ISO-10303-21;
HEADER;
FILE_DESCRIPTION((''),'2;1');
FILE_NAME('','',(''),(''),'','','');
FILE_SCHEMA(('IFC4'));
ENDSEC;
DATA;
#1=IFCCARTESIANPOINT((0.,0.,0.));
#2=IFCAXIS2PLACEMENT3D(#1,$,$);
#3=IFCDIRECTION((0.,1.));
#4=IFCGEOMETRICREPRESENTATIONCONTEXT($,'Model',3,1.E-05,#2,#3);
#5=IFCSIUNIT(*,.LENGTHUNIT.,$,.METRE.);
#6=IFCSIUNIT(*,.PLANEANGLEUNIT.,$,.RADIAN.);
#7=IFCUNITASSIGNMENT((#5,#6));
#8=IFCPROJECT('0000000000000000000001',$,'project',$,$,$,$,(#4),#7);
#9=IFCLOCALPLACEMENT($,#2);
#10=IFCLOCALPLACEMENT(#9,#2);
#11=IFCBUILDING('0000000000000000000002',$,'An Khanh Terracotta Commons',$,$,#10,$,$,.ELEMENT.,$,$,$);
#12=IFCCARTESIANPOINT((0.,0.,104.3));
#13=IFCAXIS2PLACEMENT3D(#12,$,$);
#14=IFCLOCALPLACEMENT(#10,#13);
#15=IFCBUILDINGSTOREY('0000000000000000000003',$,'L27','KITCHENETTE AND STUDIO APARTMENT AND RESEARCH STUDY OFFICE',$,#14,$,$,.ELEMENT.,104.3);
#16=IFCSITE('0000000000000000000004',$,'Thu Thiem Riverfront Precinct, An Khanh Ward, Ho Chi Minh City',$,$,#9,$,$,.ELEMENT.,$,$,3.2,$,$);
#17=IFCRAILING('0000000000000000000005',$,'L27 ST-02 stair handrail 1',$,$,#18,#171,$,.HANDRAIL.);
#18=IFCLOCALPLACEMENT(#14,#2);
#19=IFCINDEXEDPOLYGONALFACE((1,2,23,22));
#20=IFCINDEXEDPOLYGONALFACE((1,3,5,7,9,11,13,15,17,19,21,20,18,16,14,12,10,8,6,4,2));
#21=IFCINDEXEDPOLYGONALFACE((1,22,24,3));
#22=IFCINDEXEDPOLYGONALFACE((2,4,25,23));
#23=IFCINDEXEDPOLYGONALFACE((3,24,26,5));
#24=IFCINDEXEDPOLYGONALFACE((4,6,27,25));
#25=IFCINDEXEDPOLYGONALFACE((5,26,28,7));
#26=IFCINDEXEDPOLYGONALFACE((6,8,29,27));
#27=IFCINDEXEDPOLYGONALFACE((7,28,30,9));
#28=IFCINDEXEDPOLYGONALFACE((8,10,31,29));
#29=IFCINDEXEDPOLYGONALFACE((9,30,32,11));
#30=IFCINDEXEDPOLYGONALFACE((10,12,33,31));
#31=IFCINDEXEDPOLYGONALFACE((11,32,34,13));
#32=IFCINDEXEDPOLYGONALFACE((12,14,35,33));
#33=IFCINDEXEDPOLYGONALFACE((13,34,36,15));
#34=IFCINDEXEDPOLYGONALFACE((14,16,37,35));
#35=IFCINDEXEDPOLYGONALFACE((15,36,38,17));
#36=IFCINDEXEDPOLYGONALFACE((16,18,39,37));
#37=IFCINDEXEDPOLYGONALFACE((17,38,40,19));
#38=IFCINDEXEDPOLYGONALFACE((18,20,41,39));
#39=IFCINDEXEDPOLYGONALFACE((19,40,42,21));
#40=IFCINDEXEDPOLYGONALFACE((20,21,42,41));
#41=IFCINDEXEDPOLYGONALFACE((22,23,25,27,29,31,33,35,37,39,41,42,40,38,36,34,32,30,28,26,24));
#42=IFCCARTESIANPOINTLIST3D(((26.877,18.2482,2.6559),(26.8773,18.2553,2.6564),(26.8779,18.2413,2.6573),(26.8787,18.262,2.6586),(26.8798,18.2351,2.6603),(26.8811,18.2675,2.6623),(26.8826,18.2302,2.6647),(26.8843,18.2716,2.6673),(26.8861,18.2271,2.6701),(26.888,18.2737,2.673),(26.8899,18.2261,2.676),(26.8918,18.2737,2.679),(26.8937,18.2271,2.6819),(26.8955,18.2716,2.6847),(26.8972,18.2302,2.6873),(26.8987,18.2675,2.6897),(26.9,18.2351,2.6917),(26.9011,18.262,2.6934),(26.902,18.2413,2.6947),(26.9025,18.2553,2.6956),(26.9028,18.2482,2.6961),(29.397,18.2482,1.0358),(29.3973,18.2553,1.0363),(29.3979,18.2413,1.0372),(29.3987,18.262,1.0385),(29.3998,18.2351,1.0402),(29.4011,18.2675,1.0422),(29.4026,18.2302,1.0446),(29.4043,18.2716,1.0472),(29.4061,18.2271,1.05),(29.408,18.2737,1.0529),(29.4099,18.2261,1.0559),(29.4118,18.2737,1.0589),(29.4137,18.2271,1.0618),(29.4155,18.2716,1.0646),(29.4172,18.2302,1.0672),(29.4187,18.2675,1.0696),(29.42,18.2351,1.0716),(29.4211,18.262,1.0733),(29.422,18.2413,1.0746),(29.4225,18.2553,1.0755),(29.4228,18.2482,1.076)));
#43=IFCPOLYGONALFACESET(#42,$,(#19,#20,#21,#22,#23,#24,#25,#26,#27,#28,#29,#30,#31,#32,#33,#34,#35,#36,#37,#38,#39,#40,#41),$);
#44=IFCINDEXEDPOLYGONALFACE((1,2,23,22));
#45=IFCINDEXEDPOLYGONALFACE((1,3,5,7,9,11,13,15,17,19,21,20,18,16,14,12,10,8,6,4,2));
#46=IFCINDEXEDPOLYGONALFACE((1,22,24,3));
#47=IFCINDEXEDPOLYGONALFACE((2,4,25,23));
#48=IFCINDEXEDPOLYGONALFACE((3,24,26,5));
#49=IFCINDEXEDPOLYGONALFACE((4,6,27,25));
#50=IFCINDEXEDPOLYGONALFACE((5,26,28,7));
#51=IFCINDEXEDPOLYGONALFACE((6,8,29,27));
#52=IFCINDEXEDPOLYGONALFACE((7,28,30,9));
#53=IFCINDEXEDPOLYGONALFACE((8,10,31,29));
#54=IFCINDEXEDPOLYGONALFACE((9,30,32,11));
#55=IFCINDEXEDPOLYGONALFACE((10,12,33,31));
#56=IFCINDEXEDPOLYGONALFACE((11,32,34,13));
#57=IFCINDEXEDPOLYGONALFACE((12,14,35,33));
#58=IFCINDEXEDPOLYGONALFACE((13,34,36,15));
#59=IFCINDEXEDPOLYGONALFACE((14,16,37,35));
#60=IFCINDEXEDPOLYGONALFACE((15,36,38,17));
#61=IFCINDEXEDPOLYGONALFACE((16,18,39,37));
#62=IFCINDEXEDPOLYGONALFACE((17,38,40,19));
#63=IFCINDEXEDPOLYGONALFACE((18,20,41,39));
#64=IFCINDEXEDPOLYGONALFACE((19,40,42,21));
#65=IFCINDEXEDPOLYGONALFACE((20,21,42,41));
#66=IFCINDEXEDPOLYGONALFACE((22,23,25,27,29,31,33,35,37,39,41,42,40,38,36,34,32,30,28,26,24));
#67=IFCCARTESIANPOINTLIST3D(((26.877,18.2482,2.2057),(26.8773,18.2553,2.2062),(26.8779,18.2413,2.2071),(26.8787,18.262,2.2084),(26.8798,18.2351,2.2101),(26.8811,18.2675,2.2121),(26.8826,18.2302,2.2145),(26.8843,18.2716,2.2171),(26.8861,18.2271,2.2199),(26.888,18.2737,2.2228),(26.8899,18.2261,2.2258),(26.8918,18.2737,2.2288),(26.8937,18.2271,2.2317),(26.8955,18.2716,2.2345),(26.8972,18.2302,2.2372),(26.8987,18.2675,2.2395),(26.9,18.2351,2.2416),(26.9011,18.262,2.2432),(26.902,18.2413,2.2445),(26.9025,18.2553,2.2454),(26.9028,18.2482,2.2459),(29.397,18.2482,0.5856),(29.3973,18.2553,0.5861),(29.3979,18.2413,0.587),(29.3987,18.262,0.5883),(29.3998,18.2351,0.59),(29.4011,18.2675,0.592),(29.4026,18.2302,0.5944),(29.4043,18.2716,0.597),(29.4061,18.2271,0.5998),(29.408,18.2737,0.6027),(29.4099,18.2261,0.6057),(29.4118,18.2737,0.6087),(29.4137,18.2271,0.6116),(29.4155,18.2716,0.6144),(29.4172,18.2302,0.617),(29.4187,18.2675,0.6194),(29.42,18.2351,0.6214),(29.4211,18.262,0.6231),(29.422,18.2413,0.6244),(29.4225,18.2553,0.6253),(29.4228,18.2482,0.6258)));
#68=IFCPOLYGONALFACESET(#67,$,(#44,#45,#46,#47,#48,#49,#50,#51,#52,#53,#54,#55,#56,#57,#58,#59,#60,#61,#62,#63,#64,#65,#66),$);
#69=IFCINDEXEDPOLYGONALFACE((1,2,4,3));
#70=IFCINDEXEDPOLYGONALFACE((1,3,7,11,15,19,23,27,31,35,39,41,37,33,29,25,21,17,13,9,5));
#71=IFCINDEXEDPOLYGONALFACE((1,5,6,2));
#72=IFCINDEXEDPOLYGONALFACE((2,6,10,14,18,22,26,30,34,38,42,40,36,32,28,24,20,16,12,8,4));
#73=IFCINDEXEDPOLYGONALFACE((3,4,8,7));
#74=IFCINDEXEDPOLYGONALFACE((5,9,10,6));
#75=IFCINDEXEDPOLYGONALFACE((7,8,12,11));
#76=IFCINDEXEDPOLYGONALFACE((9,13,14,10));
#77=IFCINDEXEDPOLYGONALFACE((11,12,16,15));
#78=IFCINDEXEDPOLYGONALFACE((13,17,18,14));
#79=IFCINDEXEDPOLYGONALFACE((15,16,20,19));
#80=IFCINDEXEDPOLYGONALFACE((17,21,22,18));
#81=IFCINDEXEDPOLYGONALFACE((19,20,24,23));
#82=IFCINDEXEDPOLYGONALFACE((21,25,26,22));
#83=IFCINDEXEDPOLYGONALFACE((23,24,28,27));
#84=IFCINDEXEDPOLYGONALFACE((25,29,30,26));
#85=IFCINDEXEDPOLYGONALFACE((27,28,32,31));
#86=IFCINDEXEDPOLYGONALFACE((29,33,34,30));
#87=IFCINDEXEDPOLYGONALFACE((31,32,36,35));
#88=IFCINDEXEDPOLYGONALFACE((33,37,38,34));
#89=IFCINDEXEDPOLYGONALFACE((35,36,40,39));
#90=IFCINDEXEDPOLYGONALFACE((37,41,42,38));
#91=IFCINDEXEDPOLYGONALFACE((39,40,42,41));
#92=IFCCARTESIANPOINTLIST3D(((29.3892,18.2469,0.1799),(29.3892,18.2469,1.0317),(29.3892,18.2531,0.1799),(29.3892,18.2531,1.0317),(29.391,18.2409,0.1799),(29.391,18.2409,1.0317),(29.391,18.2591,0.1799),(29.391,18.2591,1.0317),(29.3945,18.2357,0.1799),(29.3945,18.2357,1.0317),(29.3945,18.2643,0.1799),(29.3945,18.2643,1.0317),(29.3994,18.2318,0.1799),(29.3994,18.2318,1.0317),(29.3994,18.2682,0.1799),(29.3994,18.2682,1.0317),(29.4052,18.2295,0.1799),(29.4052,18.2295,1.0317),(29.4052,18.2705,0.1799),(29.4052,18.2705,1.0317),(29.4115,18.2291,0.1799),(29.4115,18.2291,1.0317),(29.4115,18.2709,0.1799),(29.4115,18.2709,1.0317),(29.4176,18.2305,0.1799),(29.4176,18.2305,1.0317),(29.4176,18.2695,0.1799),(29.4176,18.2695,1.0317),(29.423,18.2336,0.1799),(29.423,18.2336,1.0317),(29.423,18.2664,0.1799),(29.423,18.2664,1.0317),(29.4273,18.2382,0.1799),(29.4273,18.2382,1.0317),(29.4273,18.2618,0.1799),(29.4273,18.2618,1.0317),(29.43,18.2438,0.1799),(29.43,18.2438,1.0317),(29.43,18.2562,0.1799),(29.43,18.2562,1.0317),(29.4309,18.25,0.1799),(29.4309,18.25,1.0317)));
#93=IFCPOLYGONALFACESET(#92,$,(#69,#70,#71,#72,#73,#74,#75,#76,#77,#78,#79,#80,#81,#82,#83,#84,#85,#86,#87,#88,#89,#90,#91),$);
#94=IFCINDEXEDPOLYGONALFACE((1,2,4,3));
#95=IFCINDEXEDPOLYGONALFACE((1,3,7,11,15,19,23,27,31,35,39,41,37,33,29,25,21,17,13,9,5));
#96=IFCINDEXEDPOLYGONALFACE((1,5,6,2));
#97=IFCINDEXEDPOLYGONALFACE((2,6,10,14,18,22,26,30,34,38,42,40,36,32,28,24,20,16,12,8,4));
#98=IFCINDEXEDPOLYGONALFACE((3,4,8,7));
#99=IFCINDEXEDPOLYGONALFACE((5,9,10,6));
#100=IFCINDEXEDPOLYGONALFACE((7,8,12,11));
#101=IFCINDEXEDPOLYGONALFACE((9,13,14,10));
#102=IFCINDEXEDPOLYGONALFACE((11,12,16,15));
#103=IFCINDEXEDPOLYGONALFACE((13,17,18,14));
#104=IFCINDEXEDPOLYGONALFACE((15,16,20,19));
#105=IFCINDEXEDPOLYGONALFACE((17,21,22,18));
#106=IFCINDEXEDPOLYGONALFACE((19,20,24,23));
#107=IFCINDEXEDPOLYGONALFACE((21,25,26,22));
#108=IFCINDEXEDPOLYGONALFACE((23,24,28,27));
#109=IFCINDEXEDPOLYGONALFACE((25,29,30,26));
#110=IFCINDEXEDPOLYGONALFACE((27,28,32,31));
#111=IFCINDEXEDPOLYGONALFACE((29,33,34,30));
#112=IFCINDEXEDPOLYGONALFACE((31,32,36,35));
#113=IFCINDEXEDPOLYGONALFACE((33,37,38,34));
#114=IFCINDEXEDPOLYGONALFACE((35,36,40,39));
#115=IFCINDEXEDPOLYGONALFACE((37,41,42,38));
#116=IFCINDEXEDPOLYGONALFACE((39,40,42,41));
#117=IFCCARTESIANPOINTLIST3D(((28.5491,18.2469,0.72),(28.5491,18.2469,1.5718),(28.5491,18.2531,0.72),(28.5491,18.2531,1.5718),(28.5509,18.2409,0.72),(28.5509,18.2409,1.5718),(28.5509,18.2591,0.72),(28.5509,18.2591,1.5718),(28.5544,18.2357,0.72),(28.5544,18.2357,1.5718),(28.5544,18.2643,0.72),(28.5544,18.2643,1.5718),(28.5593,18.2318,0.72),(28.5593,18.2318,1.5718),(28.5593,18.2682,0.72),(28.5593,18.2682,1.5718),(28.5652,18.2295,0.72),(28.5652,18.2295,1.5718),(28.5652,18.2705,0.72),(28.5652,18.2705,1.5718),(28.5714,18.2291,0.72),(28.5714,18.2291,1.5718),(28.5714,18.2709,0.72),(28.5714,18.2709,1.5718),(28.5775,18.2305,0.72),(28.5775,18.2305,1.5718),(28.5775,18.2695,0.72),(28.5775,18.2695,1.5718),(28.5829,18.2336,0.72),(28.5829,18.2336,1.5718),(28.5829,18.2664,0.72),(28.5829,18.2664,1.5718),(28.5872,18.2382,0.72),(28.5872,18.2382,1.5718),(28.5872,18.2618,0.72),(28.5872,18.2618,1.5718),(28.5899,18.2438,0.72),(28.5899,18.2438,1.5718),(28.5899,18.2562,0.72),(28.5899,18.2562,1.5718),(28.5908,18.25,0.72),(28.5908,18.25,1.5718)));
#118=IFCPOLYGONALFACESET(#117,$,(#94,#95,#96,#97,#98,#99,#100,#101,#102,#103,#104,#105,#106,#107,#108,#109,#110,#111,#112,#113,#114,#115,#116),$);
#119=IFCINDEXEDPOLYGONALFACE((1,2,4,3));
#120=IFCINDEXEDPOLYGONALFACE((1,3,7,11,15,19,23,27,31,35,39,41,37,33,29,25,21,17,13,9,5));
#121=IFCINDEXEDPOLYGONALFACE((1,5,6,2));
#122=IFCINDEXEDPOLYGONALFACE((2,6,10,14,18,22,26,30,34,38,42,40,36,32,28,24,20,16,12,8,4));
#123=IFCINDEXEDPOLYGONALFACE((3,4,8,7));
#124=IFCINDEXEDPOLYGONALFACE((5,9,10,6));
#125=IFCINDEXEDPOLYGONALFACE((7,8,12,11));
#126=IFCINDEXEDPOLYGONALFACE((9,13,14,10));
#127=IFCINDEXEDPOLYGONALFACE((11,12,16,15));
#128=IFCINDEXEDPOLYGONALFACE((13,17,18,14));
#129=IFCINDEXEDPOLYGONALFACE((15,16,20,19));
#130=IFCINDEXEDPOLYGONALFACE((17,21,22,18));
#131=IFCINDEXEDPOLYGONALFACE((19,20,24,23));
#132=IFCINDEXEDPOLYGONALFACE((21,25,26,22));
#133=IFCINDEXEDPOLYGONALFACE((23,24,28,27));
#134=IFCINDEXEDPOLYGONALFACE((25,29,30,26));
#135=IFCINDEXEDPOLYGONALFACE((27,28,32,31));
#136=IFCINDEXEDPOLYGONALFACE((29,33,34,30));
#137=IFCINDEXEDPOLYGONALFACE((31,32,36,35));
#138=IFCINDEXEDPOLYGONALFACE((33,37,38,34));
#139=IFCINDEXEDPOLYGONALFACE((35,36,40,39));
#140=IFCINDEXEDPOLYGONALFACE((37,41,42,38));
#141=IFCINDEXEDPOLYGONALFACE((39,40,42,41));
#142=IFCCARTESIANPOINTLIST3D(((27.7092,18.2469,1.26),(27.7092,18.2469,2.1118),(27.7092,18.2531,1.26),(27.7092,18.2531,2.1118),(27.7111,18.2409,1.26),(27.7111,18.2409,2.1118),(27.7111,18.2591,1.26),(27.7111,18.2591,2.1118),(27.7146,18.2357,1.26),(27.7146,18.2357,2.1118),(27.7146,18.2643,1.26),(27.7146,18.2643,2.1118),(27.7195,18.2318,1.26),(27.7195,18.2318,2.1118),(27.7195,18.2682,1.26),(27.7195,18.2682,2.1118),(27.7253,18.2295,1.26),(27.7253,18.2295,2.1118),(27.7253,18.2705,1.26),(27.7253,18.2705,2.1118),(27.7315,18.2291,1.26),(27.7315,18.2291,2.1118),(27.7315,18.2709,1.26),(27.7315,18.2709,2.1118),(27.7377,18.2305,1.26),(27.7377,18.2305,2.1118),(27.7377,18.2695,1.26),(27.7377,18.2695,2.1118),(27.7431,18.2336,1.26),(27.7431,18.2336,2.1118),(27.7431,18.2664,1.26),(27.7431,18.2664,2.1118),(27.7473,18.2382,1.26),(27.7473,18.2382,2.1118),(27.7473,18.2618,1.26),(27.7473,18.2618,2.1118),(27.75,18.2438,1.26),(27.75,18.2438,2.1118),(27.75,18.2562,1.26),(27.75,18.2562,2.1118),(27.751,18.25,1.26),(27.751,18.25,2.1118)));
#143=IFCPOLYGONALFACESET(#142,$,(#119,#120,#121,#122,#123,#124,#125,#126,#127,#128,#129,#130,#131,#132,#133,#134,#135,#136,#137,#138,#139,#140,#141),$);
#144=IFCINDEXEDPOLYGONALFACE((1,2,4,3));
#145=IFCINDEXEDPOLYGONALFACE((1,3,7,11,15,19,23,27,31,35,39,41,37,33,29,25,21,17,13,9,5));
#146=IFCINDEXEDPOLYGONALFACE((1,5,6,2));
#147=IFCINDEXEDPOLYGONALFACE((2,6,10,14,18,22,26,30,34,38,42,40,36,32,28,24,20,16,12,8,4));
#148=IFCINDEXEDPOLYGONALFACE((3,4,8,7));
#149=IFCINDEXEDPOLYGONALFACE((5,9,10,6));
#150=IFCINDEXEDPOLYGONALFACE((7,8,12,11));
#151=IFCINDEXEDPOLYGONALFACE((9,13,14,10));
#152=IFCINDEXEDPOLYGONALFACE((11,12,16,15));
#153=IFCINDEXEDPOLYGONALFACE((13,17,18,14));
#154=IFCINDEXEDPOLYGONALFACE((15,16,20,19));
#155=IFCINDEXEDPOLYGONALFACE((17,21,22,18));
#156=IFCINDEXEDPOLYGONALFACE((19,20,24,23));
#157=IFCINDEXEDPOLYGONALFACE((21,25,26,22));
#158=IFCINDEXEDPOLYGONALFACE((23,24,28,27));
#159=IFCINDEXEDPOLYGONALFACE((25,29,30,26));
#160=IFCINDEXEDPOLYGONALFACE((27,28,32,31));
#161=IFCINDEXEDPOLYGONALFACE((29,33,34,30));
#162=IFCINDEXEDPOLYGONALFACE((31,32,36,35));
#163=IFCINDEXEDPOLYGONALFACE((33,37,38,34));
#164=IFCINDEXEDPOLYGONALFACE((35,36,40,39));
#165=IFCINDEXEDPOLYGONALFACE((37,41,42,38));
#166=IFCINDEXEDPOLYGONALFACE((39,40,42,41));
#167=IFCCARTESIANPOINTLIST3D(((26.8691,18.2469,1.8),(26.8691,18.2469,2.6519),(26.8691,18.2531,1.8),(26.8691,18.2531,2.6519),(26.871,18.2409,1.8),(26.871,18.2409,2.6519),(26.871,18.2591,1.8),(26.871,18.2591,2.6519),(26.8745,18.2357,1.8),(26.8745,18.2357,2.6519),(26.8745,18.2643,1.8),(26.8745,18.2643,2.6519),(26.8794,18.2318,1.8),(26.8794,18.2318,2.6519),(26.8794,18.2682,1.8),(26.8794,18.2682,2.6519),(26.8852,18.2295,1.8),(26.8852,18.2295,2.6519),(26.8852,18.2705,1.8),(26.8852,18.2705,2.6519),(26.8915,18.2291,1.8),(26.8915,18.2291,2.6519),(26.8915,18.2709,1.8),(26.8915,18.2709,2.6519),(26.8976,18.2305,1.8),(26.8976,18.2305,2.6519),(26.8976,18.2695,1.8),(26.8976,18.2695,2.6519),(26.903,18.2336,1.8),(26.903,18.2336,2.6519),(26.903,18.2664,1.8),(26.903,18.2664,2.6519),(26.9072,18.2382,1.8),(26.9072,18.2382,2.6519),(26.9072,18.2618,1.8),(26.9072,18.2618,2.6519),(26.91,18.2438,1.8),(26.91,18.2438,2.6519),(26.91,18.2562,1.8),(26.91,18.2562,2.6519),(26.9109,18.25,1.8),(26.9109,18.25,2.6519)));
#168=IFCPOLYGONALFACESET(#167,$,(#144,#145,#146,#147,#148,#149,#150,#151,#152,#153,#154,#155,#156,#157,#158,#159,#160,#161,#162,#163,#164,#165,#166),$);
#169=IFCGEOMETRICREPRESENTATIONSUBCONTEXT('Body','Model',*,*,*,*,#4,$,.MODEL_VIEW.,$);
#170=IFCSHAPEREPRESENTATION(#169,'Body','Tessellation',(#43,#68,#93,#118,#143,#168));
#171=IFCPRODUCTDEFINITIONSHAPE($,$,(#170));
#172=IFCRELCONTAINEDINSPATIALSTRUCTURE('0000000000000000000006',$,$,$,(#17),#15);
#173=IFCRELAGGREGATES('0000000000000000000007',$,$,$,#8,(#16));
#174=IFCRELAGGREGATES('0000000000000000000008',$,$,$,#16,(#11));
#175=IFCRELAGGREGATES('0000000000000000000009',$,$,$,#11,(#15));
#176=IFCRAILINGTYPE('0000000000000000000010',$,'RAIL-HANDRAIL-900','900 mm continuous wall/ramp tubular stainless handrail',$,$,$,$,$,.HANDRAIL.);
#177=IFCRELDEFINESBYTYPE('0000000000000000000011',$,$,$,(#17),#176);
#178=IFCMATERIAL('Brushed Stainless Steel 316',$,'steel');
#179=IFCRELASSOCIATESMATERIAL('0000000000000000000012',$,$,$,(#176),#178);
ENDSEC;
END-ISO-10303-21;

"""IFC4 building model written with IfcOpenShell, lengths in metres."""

from ifc_helpers import new_model, si_unit, direction, frame, origin, origin_2d, place, context, subcontext, project, spatial, circle, extrude, material, type_object, element, save


model = new_model("IFC4")

# Units and contexts
model_context = context("Model", 3, precision=1e-05, world=origin(), true_north=direction((0.0, 1.0)))
body_context = subcontext(model_context, "Body", "Model", "MODEL_VIEW")
ifc_project = project(units=[si_unit("LENGTHUNIT", "METRE"), si_unit("PLANEANGLEUNIT", "RADIAN")], contexts=[model_context])

# Site, building, storey
site_placement = place(None, origin())
site = spatial("IfcSite", under=ifc_project, at=site_placement, Name="Thu Thiem Riverfront Precinct, An Khanh Ward, Ho Chi Minh City", CompositionType="ELEMENT", RefElevation=3.2)
building_placement = place(site_placement, origin())
building = spatial("IfcBuilding", under=site, at=building_placement, Name="An Khanh Terracotta Commons", CompositionType="ELEMENT")
storey_placement = place(building_placement, frame((0.0, 0.0, 104.3)))
storey = spatial("IfcBuildingStorey", under=building, at=storey_placement, Name="L27", Description="KITCHENETTE AND STUDIO APARTMENT AND RESEARCH STUDY OFFICE", CompositionType="ELEMENT", Elevation=104.3)

# Railing
ifc_material_1 = material(Name="Brushed Stainless Steel 316", Category="steel")
railing_type = type_object("IfcRailingType", Name="RAIL-HANDRAIL-900", Description="900 mm continuous wall/ramp tubular stainless handrail", PredefinedType="HANDRAIL", material=ifc_material_1)
railing_placement = place(storey_placement, frame((29.4099, 18.25, 0.1799)))
element("IfcRailing", 1, at=railing_placement, inside=storey, type_object=railing_type, Name="L27 ST-02 stair handrail 1", PredefinedType="HANDRAIL", context=body_context, shape_type="SweptSolid", body=[
    extrude(circle(Radius=0.0239, at=origin_2d()), frame((0.0, 0.0, 0.876), z_axis=(-0.841163, 0.0, 0.540782), x_axis=(0.0, -1.0, 0.0)), (0.0, 0.0, 1.0), 2.9958),
    extrude(circle(Radius=0.0239, at=origin_2d()), frame((0.0, 0.0, 0.4258), z_axis=(-0.841163, 0.0, 0.540782), x_axis=(0.0, -1.0, 0.0)), (0.0, 0.0, 1.0), 2.9958),
    extrude(circle(Radius=0.021, at=origin_2d()), origin(), (0.0, 0.0, 1.0), 0.8518),
    extrude(circle(Radius=0.021, at=origin_2d()), frame((-0.8401, 0.0, 0.54)), (0.0, 0.0, 1.0), 0.8518),
    extrude(circle(Radius=0.021, at=origin_2d()), frame((-1.6799, 0.0, 1.0801)), (0.0, 0.0, 1.0), 0.8518),
    extrude(circle(Radius=0.021, at=origin_2d()), frame((-2.52, 0.0, 1.6201)), (0.0, 0.0, 1.0), 0.8518),
])

save(model, "model.ifc")
